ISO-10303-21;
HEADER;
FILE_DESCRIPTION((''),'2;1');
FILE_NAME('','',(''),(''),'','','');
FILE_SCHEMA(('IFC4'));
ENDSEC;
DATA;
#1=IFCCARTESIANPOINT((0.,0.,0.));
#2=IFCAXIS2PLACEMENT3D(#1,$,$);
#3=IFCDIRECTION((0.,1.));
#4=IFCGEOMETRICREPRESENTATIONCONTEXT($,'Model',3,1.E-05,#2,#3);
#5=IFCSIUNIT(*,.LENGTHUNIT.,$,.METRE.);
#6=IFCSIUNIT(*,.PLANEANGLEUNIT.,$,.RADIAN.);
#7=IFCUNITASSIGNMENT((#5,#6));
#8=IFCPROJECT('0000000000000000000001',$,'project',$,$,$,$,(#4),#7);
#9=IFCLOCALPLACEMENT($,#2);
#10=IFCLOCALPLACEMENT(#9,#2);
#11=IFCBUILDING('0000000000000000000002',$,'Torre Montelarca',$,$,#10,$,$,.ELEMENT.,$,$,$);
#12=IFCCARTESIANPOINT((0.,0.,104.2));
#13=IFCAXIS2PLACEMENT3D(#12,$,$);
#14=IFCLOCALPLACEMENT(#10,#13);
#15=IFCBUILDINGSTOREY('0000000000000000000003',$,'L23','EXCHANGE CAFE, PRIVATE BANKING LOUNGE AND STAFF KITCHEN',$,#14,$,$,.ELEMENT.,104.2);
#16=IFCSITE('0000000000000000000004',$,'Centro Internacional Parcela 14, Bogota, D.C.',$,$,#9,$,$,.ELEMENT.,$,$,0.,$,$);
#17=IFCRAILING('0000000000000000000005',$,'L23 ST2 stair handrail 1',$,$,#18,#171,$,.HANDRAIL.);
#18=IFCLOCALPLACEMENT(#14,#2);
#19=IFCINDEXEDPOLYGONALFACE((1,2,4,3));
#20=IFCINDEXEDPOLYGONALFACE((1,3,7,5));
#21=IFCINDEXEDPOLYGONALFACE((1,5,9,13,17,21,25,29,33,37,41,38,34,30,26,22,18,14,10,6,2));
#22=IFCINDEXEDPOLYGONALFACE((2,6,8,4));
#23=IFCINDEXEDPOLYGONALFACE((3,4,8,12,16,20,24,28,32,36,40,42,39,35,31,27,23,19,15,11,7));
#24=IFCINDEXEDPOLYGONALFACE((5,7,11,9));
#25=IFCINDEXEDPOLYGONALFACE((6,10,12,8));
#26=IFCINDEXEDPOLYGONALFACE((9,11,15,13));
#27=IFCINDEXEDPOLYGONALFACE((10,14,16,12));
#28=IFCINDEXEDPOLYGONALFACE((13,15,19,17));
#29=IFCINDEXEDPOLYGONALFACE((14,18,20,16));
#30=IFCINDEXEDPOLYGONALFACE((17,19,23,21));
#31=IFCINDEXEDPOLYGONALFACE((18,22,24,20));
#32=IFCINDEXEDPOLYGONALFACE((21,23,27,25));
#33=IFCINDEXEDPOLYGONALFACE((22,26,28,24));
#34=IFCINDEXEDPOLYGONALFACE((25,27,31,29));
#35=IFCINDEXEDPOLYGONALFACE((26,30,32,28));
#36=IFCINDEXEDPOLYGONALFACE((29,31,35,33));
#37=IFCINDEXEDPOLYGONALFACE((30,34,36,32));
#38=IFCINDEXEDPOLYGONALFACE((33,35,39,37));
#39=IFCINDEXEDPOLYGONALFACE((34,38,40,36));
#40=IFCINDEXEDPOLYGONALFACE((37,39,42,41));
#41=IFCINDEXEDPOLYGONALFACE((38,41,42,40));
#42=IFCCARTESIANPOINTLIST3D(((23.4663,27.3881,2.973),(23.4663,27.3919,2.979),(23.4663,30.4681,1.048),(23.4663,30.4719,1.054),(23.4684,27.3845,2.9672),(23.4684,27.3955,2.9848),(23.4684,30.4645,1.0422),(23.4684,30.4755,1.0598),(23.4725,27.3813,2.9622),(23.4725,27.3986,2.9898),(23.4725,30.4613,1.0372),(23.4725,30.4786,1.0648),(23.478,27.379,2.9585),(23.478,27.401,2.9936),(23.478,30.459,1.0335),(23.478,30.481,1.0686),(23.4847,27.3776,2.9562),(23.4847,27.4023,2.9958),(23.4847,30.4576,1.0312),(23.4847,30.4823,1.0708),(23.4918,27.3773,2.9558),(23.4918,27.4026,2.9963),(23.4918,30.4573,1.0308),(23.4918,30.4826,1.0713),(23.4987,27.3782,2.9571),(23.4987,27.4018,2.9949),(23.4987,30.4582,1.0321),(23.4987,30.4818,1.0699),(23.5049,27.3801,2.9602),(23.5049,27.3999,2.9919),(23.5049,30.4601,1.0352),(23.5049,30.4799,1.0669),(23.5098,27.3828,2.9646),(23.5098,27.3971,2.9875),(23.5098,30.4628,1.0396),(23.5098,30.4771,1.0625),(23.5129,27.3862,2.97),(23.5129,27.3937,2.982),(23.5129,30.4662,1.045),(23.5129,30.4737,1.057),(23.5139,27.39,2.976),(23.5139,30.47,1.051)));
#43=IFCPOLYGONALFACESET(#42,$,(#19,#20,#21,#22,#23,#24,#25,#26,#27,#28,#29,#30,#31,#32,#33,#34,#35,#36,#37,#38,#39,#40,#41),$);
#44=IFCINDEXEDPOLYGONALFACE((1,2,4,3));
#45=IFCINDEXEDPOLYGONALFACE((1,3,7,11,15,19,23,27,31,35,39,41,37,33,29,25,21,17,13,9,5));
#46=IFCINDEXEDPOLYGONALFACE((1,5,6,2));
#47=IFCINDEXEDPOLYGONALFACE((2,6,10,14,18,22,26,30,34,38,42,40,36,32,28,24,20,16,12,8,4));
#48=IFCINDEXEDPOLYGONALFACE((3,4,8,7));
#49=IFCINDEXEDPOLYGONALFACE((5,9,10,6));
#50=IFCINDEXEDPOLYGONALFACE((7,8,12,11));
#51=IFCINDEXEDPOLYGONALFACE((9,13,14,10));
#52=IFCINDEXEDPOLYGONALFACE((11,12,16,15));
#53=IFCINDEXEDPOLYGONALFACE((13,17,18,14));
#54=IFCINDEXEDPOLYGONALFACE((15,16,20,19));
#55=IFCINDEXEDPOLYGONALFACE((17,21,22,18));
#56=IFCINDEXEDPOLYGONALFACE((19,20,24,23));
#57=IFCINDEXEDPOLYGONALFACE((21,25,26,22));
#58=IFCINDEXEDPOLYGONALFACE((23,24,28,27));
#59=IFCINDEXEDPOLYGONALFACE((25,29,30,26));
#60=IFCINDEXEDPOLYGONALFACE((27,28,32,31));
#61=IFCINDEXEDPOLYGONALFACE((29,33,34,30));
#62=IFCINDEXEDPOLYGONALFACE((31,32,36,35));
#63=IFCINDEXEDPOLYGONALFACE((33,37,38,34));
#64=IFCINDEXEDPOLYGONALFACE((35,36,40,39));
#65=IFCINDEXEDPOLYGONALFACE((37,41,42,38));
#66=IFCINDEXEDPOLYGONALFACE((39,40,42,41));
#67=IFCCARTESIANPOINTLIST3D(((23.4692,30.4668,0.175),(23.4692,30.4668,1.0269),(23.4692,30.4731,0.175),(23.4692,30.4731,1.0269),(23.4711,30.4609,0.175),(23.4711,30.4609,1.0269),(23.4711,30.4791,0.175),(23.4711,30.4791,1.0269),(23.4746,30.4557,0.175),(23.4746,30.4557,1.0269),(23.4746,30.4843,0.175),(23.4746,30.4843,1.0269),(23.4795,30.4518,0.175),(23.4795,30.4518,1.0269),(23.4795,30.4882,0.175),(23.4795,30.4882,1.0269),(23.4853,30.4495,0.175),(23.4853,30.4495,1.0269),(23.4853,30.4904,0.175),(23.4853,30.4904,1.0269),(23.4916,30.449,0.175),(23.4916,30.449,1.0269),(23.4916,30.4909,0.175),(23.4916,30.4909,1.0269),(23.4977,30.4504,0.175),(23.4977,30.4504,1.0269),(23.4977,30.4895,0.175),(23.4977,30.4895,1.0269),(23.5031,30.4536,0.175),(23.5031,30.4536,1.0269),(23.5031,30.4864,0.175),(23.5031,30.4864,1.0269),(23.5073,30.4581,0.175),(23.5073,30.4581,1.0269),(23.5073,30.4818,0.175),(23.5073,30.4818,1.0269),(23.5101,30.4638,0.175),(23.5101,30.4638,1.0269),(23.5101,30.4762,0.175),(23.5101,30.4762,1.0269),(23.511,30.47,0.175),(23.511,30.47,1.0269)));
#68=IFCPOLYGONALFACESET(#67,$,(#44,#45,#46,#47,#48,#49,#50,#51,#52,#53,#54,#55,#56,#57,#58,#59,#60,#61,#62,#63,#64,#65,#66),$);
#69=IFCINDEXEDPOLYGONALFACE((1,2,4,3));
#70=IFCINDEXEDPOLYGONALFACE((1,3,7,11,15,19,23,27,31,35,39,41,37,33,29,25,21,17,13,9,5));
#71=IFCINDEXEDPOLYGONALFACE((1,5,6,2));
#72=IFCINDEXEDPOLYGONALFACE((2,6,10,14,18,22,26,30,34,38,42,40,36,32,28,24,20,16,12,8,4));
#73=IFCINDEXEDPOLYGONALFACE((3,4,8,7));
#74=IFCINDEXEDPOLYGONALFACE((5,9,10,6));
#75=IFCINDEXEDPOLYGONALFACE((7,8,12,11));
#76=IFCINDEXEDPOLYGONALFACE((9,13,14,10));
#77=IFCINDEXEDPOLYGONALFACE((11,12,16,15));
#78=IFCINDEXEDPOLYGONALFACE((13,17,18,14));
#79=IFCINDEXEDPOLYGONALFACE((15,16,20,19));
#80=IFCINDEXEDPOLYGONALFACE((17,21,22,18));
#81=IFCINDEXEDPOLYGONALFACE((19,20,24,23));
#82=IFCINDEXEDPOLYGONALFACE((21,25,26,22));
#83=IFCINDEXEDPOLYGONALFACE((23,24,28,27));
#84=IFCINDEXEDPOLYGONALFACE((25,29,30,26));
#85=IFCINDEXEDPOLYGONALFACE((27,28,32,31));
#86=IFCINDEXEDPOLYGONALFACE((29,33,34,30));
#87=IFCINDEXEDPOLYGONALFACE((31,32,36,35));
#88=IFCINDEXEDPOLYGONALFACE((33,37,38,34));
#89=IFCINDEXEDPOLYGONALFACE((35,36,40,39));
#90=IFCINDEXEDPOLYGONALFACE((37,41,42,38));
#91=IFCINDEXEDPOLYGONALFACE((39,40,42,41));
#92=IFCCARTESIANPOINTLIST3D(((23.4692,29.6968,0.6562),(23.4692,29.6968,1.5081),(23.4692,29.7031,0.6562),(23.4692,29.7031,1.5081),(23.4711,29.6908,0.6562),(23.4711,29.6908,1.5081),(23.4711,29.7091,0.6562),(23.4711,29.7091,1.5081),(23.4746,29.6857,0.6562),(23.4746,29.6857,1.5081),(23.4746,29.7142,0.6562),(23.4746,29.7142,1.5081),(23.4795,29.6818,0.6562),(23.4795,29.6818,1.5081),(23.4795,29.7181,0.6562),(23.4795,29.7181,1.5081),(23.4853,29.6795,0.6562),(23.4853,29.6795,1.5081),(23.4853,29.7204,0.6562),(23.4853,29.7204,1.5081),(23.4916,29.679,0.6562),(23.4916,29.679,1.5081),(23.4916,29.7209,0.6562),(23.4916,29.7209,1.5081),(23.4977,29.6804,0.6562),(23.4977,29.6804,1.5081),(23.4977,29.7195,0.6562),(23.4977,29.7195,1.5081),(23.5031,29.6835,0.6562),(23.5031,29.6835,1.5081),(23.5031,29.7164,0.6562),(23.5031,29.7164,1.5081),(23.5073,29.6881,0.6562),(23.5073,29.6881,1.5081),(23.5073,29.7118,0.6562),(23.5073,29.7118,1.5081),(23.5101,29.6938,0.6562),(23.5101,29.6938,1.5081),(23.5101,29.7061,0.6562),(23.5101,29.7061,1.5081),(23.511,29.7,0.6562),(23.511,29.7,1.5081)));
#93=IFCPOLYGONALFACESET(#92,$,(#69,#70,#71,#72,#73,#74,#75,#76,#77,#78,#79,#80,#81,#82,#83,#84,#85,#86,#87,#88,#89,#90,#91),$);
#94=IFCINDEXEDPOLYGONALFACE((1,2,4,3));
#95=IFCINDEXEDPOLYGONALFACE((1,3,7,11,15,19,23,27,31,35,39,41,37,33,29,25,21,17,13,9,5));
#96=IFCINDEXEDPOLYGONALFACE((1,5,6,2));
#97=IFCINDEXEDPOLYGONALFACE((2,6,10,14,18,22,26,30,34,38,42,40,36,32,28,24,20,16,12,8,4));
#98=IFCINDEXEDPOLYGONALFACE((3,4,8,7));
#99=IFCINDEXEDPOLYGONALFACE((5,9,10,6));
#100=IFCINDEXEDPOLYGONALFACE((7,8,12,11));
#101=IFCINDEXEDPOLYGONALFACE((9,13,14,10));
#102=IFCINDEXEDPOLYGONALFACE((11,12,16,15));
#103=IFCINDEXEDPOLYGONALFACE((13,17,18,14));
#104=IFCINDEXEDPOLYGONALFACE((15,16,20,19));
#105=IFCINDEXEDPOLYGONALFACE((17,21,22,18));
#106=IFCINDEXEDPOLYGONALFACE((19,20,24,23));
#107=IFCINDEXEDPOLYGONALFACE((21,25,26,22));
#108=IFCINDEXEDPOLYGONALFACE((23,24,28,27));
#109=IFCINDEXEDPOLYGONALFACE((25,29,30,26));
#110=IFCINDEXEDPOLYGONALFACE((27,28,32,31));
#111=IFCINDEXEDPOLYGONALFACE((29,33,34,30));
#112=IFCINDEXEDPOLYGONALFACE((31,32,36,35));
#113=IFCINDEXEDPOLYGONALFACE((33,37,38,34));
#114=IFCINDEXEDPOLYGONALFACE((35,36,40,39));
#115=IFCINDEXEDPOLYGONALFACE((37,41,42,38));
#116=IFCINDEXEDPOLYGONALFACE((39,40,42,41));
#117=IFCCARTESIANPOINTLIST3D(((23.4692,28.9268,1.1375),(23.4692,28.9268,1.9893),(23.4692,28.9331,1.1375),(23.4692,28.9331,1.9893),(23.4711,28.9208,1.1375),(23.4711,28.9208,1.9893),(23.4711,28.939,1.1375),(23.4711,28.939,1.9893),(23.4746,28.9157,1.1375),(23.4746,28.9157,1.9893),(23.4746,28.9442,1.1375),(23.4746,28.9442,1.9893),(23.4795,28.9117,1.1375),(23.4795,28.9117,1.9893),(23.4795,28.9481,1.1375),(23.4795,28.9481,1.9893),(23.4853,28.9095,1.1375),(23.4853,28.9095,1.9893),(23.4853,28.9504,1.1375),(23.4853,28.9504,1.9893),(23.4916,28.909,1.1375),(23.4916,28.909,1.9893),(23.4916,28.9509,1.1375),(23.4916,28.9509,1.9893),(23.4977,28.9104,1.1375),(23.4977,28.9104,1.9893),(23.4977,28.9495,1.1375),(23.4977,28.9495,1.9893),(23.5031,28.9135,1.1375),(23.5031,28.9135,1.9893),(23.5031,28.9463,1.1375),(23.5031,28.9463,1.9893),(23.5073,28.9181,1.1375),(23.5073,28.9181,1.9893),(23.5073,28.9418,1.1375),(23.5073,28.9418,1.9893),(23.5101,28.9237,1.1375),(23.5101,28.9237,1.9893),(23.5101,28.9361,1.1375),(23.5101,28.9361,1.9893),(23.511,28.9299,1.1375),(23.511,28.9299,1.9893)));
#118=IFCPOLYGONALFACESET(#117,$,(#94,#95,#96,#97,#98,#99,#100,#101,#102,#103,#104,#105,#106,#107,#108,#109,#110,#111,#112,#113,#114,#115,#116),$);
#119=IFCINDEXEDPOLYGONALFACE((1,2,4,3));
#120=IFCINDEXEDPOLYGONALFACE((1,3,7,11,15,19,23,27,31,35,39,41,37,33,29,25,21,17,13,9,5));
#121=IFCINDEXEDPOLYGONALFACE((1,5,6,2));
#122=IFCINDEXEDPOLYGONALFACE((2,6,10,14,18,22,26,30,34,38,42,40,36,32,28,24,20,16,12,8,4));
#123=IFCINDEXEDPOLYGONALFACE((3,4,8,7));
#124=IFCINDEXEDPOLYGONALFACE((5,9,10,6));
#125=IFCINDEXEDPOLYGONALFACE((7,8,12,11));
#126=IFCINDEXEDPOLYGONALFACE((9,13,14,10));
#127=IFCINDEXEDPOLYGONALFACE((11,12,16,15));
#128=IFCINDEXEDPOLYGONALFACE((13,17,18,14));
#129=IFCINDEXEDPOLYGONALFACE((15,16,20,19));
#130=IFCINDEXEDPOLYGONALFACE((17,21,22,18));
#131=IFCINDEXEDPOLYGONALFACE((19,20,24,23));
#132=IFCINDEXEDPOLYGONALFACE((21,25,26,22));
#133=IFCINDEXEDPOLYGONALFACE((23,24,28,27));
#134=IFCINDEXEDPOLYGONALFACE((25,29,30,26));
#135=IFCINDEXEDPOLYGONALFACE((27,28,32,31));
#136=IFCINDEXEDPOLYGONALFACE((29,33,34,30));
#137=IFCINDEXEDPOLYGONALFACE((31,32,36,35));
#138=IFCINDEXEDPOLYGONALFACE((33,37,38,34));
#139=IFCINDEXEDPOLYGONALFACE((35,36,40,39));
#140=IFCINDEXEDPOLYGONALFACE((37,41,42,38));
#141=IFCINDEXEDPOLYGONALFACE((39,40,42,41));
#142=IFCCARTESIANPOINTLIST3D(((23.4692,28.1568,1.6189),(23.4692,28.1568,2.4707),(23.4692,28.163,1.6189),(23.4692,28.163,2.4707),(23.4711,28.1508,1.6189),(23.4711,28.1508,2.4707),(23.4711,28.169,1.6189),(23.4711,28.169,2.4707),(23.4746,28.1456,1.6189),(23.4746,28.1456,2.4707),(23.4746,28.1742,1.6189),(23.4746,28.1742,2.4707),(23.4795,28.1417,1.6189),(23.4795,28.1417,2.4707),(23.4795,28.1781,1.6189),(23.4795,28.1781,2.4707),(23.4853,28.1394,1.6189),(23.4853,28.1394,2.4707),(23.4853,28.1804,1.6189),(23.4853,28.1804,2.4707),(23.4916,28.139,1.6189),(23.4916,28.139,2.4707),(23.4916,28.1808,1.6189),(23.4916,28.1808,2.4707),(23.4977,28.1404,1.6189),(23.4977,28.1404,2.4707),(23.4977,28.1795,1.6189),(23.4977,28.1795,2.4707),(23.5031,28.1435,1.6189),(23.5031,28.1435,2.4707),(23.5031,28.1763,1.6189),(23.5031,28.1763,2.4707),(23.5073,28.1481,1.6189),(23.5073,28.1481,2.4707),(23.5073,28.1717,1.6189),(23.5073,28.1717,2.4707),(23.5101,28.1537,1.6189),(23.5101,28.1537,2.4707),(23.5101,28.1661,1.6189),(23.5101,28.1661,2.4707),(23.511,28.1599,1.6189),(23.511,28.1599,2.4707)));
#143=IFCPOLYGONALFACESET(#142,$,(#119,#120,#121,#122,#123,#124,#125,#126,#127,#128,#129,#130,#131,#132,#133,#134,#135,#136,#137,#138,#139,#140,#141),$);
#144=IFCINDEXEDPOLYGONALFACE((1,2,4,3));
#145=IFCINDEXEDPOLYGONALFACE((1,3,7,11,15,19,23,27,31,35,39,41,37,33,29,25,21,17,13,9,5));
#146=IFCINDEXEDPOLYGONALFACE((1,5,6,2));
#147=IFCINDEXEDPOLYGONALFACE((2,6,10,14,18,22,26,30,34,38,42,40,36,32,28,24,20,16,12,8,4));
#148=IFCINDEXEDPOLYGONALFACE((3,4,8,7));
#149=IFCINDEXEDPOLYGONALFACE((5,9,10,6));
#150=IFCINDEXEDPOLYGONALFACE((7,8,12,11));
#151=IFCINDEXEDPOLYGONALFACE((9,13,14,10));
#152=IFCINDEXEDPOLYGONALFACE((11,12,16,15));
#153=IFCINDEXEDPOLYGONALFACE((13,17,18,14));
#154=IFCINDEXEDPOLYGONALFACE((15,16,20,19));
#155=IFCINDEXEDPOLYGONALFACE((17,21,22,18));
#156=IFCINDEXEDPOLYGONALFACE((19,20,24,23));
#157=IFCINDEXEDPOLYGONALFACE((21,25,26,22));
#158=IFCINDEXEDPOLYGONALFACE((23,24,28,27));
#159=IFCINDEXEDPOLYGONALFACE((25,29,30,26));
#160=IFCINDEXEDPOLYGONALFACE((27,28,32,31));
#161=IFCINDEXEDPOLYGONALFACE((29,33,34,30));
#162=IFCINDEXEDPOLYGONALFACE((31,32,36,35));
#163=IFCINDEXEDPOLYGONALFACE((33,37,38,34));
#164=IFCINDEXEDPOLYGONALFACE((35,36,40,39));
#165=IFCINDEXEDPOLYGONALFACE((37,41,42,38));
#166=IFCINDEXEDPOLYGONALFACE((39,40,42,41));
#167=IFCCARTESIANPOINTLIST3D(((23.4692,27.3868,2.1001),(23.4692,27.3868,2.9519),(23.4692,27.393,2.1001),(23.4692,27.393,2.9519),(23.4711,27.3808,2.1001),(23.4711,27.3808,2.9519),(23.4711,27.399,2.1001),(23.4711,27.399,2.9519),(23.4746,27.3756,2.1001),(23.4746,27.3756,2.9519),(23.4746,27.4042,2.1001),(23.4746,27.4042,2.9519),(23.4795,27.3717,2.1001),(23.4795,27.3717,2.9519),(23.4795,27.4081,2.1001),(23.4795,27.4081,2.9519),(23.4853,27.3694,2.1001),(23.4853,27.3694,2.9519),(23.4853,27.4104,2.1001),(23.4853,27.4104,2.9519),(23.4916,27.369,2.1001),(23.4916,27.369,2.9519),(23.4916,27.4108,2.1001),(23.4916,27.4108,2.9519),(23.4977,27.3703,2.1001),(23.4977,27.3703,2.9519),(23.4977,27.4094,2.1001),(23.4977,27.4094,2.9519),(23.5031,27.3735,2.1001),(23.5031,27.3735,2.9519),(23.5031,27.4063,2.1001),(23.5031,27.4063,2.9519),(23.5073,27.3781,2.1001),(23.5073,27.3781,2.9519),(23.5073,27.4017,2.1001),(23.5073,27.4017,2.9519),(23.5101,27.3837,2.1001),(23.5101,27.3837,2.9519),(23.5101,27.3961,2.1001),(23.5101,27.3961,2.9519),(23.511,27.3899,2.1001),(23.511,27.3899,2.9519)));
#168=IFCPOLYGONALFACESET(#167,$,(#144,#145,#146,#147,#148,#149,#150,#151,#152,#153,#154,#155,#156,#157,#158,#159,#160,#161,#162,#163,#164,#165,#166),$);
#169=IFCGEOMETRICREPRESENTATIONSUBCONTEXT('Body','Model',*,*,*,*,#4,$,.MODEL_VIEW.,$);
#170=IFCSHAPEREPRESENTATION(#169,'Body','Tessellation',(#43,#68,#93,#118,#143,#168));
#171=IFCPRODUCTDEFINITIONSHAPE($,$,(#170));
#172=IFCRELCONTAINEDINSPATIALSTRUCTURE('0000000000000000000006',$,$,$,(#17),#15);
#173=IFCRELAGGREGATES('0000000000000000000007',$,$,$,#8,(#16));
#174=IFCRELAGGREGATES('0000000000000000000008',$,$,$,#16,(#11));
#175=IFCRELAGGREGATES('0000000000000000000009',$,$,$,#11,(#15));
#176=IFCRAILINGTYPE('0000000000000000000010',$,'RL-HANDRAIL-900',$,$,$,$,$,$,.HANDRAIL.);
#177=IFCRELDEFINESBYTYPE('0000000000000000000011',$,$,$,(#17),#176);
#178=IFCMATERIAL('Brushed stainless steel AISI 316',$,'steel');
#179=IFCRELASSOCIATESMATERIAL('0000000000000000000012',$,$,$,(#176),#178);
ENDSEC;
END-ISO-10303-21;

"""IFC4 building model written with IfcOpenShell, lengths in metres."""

from ifc_helpers import new_model, si_unit, direction, frame, origin, origin_2d, place, context, subcontext, project, spatial, circle, extrude, material, type_object, element, save


model = new_model("IFC4")

# Units and contexts
model_context = context("Model", 3, precision=1e-05, world=origin(), true_north=direction((0.0, 1.0)))
body_context = subcontext(model_context, "Body", "Model", "MODEL_VIEW")
ifc_project = project(units=[si_unit("LENGTHUNIT", "METRE"), si_unit("PLANEANGLEUNIT", "RADIAN")], contexts=[model_context])

# Site, building, storey
site_placement = place(None, origin())
site = spatial("IfcSite", under=ifc_project, at=site_placement, Name="Centro Internacional Parcela 14, Bogota, D.C.", CompositionType="ELEMENT", RefElevation=0.0)
building_placement = place(site_placement, origin())
building = spatial("IfcBuilding", under=site, at=building_placement, Name="Torre Montelarca", CompositionType="ELEMENT")
storey_placement = place(building_placement, frame((0.0, 0.0, 104.2)))
storey = spatial("IfcBuildingStorey", under=building, at=storey_placement, Name="L23", Description="EXCHANGE CAFE, PRIVATE BANKING LOUNGE AND STAFF KITCHEN", CompositionType="ELEMENT", Elevation=104.2)

# Railing
ifc_material_1 = material(Name="Brushed stainless steel AISI 316", Category="steel")
railing_type_1 = type_object("IfcRailingType", Name="RL-HANDRAIL-900", PredefinedType="HANDRAIL", material=ifc_material_1)
railing_1_placement = place(storey_placement, frame((23.49, 30.47, 0.175)))
element("IfcRailing", 1, at=railing_1_placement, inside=storey, type_object=railing_type_1, Name="L23 ST2 stair handrail 1", PredefinedType="HANDRAIL", context=body_context, shape_type="SweptSolid", body=[
    extrude(circle(Radius=0.0239, at=origin_2d()), frame((0.0, 0.0, 0.876), z_axis=(0.0, -0.847998, 0.529999), x_axis=(1.0, 0.0, 0.0)), (0.0, 0.0, 1.0), 3.6321),
    extrude(circle(Radius=0.021, at=origin_2d()), origin(), (0.0, 0.0, 1.0), 0.8518),
    extrude(circle(Radius=0.021, at=origin_2d()), frame((0.0, -0.77, 0.4812)), (0.0, 0.0, 1.0), 0.8518),
    extrude(circle(Radius=0.021, at=origin_2d()), frame((0.0, -1.54, 0.9624)), (0.0, 0.0, 1.0), 0.8518),
    extrude(circle(Radius=0.021, at=origin_2d()), frame((0.0, -2.3101, 1.4438)), (0.0, 0.0, 1.0), 0.8518),
    extrude(circle(Radius=0.021, at=origin_2d()), frame((0.0, -3.0801, 1.925)), (0.0, 0.0, 1.0), 0.8518),
])

save(model, "model.ifc")
